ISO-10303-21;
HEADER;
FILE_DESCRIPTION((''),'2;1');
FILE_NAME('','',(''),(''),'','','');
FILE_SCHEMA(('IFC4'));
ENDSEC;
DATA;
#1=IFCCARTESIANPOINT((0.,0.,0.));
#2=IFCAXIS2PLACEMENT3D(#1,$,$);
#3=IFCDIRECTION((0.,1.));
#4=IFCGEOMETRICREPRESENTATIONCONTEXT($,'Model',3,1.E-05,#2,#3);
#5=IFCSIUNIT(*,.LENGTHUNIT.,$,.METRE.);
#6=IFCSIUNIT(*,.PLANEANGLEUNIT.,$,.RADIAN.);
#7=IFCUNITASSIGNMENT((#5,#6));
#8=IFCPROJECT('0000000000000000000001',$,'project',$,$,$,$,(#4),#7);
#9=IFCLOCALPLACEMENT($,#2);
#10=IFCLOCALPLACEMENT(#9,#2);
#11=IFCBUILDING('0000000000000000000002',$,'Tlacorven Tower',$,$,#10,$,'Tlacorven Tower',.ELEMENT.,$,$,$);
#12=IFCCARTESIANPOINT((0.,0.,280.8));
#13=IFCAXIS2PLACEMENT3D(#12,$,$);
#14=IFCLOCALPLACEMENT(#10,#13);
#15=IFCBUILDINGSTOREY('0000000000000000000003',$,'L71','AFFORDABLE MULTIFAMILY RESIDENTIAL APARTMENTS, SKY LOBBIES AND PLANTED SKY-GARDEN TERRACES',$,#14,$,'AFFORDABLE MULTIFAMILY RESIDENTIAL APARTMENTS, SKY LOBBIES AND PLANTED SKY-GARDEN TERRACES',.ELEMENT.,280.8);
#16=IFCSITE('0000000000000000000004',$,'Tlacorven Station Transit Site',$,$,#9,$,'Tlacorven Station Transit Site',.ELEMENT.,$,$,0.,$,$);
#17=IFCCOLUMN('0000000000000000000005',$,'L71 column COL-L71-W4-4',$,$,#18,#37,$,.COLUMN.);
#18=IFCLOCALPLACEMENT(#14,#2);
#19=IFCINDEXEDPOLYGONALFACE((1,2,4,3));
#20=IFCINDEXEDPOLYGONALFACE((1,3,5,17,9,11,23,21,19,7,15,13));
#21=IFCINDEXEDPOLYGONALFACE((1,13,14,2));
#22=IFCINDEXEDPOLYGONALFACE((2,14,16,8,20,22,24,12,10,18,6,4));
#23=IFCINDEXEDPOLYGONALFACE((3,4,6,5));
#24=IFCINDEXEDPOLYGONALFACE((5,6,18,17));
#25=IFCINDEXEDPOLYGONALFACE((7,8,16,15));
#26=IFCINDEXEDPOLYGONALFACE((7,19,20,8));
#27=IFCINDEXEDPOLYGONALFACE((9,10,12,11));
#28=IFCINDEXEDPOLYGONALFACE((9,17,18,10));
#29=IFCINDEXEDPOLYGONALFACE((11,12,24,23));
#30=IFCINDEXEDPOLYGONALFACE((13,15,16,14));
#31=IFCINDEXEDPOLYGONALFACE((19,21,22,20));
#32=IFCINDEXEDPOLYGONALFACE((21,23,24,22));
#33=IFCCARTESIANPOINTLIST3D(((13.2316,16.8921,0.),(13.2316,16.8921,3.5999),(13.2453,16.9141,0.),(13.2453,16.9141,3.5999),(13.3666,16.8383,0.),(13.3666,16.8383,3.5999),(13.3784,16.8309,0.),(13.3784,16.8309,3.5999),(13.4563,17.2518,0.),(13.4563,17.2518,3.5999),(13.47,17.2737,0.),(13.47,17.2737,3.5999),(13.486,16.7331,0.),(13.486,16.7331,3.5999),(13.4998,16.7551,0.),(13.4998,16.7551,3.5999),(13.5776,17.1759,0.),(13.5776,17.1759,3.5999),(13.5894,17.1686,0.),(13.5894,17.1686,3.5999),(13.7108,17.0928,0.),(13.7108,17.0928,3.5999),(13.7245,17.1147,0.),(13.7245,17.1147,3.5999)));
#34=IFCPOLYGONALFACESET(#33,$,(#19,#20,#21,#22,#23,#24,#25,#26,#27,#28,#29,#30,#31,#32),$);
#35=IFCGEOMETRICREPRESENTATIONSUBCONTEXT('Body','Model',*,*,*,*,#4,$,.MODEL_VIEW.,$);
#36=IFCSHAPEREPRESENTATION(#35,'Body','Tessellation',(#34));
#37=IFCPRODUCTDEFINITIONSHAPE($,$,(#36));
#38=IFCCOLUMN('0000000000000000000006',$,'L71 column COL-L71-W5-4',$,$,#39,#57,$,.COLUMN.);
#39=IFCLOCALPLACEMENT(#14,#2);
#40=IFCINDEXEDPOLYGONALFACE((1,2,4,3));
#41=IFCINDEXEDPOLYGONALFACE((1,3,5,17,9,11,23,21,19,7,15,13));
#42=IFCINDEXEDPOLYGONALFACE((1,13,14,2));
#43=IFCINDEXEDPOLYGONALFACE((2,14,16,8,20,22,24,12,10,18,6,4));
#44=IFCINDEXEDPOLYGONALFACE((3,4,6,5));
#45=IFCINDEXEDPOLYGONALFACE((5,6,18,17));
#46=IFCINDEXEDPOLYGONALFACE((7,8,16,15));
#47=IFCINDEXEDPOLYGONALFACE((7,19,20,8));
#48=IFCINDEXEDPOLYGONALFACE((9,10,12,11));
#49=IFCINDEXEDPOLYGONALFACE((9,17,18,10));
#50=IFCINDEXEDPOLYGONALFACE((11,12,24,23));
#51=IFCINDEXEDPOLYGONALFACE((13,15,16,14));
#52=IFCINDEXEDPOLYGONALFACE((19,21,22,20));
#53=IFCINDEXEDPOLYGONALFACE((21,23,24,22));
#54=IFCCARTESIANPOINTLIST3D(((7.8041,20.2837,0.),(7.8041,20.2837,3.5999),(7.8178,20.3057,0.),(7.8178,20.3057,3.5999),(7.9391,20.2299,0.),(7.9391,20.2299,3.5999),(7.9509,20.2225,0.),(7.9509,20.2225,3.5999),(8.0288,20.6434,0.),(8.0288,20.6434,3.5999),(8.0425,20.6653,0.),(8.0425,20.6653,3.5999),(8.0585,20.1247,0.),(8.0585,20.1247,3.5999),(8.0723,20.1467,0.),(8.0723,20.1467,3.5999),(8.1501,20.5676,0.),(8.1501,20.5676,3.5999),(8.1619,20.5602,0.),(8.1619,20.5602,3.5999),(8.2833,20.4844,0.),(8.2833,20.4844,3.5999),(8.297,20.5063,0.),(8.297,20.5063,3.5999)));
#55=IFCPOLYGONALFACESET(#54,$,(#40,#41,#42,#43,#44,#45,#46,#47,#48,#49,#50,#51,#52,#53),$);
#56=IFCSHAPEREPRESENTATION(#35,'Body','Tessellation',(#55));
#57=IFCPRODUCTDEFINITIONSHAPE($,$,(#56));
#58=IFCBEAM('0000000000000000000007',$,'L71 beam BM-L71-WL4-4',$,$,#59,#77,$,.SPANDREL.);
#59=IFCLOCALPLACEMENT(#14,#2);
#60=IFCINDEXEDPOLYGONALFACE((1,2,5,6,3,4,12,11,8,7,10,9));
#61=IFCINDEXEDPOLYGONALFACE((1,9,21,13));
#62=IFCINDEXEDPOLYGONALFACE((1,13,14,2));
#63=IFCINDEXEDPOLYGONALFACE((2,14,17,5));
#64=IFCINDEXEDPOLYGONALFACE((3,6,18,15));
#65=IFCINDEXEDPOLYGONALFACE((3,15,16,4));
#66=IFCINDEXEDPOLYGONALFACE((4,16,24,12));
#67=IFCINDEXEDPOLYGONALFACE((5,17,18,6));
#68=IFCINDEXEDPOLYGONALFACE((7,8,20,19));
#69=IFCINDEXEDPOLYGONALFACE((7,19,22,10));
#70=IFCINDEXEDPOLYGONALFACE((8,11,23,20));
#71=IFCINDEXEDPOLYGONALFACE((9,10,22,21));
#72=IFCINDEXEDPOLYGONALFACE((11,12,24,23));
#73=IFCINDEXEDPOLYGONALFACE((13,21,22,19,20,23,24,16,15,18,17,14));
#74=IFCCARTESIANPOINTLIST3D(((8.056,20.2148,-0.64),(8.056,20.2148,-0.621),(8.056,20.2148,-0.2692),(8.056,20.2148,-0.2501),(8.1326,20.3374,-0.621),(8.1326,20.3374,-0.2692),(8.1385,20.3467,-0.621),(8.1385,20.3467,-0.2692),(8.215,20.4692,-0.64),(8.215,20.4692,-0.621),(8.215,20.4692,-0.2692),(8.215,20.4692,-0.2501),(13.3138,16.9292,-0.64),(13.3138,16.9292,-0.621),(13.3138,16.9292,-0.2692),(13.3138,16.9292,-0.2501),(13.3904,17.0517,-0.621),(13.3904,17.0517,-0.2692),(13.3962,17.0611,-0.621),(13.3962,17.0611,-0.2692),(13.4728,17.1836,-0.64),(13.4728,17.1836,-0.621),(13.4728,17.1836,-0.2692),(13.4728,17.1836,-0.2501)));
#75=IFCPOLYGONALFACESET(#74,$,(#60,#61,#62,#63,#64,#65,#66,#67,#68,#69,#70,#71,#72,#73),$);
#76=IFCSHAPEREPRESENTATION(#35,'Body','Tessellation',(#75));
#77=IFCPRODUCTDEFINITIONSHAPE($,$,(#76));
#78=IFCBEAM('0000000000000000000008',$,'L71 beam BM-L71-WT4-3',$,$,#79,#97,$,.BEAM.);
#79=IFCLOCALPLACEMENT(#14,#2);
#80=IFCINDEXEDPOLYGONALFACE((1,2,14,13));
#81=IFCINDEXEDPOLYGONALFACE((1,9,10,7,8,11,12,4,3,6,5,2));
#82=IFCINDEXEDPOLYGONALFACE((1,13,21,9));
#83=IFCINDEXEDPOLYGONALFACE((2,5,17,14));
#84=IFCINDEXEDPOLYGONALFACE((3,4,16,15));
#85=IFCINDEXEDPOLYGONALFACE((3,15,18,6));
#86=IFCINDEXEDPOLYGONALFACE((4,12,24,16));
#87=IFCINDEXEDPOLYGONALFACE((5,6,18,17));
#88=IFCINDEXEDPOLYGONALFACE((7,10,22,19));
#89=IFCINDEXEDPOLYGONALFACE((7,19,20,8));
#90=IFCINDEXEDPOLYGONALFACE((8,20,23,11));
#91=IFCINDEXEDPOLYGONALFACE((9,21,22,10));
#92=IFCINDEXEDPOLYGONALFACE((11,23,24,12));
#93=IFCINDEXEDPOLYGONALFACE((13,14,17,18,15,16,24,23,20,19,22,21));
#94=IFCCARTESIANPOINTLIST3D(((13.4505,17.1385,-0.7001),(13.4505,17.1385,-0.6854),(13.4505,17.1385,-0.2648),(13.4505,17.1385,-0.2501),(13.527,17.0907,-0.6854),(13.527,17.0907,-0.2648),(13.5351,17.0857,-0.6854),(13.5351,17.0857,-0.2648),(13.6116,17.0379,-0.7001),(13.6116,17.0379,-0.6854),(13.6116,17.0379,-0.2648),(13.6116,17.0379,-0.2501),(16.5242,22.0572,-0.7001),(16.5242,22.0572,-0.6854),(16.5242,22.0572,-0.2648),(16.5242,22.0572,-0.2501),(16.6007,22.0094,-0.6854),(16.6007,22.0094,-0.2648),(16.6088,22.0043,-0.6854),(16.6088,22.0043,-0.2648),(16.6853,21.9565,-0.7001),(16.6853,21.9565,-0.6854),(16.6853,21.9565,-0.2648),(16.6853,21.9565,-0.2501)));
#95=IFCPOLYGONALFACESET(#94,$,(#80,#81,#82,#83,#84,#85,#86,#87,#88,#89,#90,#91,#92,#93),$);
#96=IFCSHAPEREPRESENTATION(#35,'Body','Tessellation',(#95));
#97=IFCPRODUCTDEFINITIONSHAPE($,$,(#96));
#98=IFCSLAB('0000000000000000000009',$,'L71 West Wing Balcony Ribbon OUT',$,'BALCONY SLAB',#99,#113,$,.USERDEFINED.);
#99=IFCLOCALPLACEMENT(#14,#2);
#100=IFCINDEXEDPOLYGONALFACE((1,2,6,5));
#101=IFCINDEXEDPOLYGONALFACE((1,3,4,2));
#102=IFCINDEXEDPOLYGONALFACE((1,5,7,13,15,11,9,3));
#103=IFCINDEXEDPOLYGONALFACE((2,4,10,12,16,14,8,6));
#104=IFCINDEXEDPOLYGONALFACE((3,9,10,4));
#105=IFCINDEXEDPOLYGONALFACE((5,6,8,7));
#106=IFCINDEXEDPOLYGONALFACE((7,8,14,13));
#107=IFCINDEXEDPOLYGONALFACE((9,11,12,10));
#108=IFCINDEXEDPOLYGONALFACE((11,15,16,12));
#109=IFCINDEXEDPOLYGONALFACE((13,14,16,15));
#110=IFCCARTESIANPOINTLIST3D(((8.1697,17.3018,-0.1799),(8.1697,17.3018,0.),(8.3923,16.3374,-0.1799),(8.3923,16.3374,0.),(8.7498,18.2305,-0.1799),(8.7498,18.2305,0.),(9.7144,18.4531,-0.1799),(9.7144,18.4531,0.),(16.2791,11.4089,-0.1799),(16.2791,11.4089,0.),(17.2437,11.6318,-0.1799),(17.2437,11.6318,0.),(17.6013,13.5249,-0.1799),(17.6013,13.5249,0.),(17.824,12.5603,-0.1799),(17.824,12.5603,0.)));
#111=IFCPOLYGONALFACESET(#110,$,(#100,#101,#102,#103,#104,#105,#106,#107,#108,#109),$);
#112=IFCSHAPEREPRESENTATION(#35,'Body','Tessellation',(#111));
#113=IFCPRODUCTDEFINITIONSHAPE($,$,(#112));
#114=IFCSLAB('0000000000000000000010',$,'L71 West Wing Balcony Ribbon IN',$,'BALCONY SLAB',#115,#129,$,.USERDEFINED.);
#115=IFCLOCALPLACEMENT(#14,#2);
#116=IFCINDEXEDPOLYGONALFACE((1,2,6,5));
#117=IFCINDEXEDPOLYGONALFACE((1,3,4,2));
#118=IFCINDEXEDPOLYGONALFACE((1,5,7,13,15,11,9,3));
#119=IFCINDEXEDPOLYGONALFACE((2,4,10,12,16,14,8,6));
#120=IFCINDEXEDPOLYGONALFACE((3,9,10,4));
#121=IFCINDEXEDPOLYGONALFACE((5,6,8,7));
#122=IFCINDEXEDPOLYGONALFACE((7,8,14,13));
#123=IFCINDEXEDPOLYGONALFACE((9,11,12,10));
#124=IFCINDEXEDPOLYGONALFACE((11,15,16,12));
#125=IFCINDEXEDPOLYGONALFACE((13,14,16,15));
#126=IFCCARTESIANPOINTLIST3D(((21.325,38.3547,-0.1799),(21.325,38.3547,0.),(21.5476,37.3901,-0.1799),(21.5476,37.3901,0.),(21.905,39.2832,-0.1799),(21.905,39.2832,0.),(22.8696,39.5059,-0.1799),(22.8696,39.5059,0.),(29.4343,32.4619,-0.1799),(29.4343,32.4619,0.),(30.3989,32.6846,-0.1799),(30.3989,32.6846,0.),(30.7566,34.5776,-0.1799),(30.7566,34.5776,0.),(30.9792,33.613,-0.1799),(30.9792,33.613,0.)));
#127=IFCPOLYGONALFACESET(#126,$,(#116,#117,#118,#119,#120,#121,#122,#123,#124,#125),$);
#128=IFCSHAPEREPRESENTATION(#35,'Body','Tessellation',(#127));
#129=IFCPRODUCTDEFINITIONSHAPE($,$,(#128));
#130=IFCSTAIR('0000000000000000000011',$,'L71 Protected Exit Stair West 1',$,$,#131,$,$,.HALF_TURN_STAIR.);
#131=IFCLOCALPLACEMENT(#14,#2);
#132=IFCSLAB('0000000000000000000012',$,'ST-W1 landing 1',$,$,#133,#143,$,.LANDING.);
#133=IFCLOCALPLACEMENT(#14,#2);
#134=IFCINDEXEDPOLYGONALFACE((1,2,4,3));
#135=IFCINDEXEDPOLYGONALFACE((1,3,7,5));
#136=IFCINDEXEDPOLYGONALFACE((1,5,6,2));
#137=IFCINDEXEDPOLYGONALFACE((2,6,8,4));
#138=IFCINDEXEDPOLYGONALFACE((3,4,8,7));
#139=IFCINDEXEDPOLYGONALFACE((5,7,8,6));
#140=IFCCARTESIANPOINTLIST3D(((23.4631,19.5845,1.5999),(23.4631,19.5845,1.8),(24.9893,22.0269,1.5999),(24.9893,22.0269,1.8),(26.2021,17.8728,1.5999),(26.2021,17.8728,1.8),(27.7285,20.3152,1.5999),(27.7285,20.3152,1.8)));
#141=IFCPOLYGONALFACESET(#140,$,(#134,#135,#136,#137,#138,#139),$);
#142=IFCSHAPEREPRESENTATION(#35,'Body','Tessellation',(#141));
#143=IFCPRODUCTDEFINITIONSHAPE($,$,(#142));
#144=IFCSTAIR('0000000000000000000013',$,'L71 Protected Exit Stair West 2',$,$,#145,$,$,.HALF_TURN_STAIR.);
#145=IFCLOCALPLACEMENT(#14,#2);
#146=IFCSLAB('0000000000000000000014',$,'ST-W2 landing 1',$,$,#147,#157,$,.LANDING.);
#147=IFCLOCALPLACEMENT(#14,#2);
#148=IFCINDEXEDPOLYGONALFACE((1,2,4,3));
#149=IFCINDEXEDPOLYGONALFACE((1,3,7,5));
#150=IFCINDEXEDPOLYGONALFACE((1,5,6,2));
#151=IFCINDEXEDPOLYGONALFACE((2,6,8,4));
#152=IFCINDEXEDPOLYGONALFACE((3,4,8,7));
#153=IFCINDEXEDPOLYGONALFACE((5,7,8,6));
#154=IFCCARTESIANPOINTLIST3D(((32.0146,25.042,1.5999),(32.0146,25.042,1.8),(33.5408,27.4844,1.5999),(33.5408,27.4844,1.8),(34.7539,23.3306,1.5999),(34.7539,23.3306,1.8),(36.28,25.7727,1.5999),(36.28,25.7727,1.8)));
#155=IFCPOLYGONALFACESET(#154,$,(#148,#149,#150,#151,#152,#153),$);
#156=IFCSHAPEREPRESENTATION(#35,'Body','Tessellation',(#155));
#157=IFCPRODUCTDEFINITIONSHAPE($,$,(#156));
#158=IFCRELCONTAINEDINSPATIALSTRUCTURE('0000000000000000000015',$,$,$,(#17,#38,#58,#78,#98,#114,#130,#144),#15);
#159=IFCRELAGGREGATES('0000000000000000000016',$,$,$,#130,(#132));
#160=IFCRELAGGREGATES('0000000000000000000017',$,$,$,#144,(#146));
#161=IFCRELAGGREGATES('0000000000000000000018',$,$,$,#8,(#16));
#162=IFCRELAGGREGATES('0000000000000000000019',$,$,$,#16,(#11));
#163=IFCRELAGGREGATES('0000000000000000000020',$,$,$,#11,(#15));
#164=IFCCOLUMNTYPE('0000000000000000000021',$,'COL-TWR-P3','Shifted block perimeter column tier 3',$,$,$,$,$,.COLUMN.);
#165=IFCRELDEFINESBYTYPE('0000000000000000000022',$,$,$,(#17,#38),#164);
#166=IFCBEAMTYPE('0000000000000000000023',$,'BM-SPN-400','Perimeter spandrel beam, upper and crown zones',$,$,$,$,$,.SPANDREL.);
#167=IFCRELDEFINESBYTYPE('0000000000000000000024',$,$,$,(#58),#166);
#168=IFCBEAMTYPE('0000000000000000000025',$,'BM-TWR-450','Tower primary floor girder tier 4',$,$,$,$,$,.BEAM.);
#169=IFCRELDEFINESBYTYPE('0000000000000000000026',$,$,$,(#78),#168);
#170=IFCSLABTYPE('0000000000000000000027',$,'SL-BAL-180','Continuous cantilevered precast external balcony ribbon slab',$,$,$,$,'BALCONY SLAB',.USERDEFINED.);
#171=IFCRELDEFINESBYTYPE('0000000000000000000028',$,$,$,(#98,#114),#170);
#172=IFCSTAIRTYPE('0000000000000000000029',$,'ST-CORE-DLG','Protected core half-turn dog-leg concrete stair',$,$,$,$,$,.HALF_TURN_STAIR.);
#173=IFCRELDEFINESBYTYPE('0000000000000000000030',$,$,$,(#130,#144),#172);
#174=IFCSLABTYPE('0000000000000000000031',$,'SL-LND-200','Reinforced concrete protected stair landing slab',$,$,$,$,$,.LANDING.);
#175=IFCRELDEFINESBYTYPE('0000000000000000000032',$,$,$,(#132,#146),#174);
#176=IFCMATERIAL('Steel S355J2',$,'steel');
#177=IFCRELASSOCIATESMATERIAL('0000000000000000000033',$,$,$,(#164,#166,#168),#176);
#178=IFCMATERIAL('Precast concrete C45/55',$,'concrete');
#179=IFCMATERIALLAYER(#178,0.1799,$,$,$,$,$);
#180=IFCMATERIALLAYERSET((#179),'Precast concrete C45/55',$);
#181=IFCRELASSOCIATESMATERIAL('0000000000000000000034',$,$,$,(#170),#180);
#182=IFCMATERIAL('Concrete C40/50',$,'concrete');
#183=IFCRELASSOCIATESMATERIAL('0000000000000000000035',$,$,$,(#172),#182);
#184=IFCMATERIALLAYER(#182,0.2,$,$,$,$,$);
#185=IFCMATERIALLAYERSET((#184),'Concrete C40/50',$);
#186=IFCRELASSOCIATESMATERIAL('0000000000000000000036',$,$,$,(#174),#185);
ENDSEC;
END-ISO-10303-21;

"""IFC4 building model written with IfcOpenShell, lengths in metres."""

from ifc_helpers import new_model, si_unit, direction, frame, origin, origin_2d, place, context, subcontext, project, spatial, polyline, i_section, outline, extrude, source, transform, mapped, material, layer, layer_set, material_profile, profile_set, type_object, element, aggregate, save


model = new_model("IFC4")

# Units and contexts
model_context = context("Model", 3, precision=1e-05, world=origin(), true_north=direction((0.0, 1.0)))
body_context = subcontext(model_context, "Body", "Model", "MODEL_VIEW")
ifc_project = project(units=[si_unit("LENGTHUNIT", "METRE"), si_unit("PLANEANGLEUNIT", "RADIAN")], contexts=[model_context])

# Site, building, storey
site_placement = place(None, origin())
site = spatial("IfcSite", under=ifc_project, at=site_placement, Name="Tlacorven Station Transit Site", LongName="Tlacorven Station Transit Site", CompositionType="ELEMENT", RefElevation=0.0)
building_placement = place(site_placement, origin())
building = spatial("IfcBuilding", under=site, at=building_placement, Name="Tlacorven Tower", LongName="Tlacorven Tower", CompositionType="ELEMENT")
storey_placement = place(building_placement, frame((0.0, 0.0, 280.8)))
storey = spatial("IfcBuildingStorey", under=building, at=storey_placement, Name="L71", Description="AFFORDABLE MULTIFAMILY RESIDENTIAL APARTMENTS, SKY LOBBIES AND PLANTED SKY-GARDEN TERRACES", LongName="AFFORDABLE MULTIFAMILY RESIDENTIAL APARTMENTS, SKY LOBBIES AND PLANTED SKY-GARDEN TERRACES", CompositionType="ELEMENT", Elevation=280.8)

# Columns
ifc_material_1 = material(Name="Steel S355J2", Category="steel")
ifc_material_profile_1 = material_profile(ifc_material_1, i_section(OverallWidth=0.3, OverallDepth=0.45, WebThickness=0.0139, FlangeThickness=0.0259, at=origin_2d()), Name="HEB 450")
ifc_profile_set_1 = profile_set([ifc_material_profile_1], Name="Steel S355J2")
column_type = type_object("IfcColumnType", Name="COL-TWR-P3", Description="Shifted block perimeter column tier 3", PredefinedType="COLUMN", material=ifc_profile_set_1)
shared_shape_1 = source(origin(), body_context, "Body", "SweptSolid", [
    extrude(i_section(OverallWidth=0.3, OverallDepth=0.45, WebThickness=0.0139, FlangeThickness=0.0259, at=origin_2d()), origin(), (0.0, 0.0, 1.0), 3.5999),
])
for number, where, z_axis, x_axis, name in (
    (1, (13.478, 17.0034, 0.0), (0.0, 0.0, 1.0), (-0.848048, 0.529919, 0.0), "L71 column COL-L71-W4-4"),
    (2, (8.0505, 20.395, 0.0), (0.0, 0.0, 1.0), (-0.848048, 0.529919, 0.0), "L71 column COL-L71-W5-4"),
):
    element("IfcColumn", number, at=place(storey_placement, frame(where, z_axis=z_axis, x_axis=x_axis)), inside=storey, type_object=column_type, Name=name, PredefinedType="COLUMN", context=body_context, shape_type="MappedRepresentation", body=[
        mapped(shared_shape_1, transform((0.0, 0.0, 0.0), scale=1.0)),
    ])

# Beams
ifc_material_profile_2 = material_profile(ifc_material_1, i_section(OverallWidth=0.3, OverallDepth=0.3899, WebThickness=0.011, FlangeThickness=0.019, at=origin_2d()), Name="HEA 400")
ifc_profile_set_2 = profile_set([ifc_material_profile_2], Name="Steel S355J2")
beam_type_1 = type_object("IfcBeamType", Name="BM-SPN-400", Description="Perimeter spandrel beam, upper and crown zones", PredefinedType="SPANDREL", material=ifc_profile_set_2)
shared_shape_2 = source(origin(), body_context, "Body", "SweptSolid", [
    extrude(i_section(OverallWidth=0.3, OverallDepth=0.3899, WebThickness=0.011, FlangeThickness=0.019, at=origin_2d()), origin(), (0.0, 0.0, 1.0), 6.2),
])
beam_1_placement = place(storey_placement, frame((13.3933, 17.0564, -0.4451), z_axis=(-0.848034, 0.529942, 0.0), x_axis=(-0.529942, -0.848034, 0.0)))
element("IfcBeam", 3, at=beam_1_placement, inside=storey, type_object=beam_type_1, Name="L71 beam BM-L71-WL4-4", PredefinedType="SPANDREL", context=body_context, shape_type="MappedRepresentation", body=[
    mapped(shared_shape_2, transform((0.0, 0.0, 0.0), scale=1.0)),
])
ifc_material_profile_3 = material_profile(ifc_material_1, i_section(OverallWidth=0.1899, OverallDepth=0.45, WebThickness=0.0095, FlangeThickness=0.0146, at=origin_2d()), Name="IPE 450")
ifc_profile_set_3 = profile_set([ifc_material_profile_3], Name="Steel S355J2")
beam_type_2 = type_object("IfcBeamType", Name="BM-TWR-450", Description="Tower primary floor girder tier 4", PredefinedType="BEAM", material=ifc_profile_set_3)
shared_shape_3 = source(origin(), body_context, "Body", "SweptSolid", [
    extrude(i_section(OverallWidth=0.1899, OverallDepth=0.45, WebThickness=0.0095, FlangeThickness=0.0146, at=origin_2d()), origin(), (0.0, 0.0, 1.0), 5.8),
])
beam_2_placement = place(storey_placement, frame((16.6047, 22.0068, -0.4751), z_axis=(-0.529942, -0.848034, 0.0), x_axis=(0.848034, -0.529942, 0.0)))
element("IfcBeam", 4, at=beam_2_placement, inside=storey, type_object=beam_type_2, Name="L71 beam BM-L71-WT4-3", PredefinedType="BEAM", context=body_context, shape_type="MappedRepresentation", body=[
    mapped(shared_shape_3, transform((0.0, 0.0, 0.0), scale=1.0)),
])

# Slabs
ifc_material_2 = material(Name="Precast concrete C45/55", Category="concrete")
ifc_layer_1 = layer(ifc_material_2, 0.1799)
ifc_layer_set_1 = layer_set([ifc_layer_1], Name="Precast concrete C45/55")
slab_type_1 = type_object("IfcSlabType", Name="SL-BAL-180", Description="Continuous cantilevered precast external balcony ribbon slab", ElementType="BALCONY SLAB", PredefinedType="USERDEFINED", material=ifc_layer_set_1)
slab_1_placement = place(storey_placement, frame((0.0, 0.0, -0.1799)))
element("IfcSlab", 5, at=slab_1_placement, inside=storey, type_object=slab_type_1, Name="L71 West Wing Balcony Ribbon OUT", ObjectType="BALCONY SLAB", PredefinedType="USERDEFINED", context=body_context, shape_type="SweptSolid", body=[
    extrude(outline(polyline([(17.6013, 13.5249), (9.7144, 18.4531), (8.7498, 18.2305), (8.1697, 17.3018), (8.3923, 16.3374), (16.2791, 11.4089), (17.2437, 11.6318), (17.824, 12.5603), (17.6013, 13.5249)])), origin(), (0.0, 0.0, 1.0), 0.1799),
])
slab_2_placement = place(storey_placement, frame((0.0, 0.0, -0.1799)))
element("IfcSlab", 6, at=slab_2_placement, inside=storey, type_object=slab_type_1, Name="L71 West Wing Balcony Ribbon IN", ObjectType="BALCONY SLAB", PredefinedType="USERDEFINED", context=body_context, shape_type="SweptSolid", body=[
    extrude(outline(polyline([(30.7566, 34.5776), (22.8696, 39.5059), (21.905, 39.2832), (21.325, 38.3547), (21.5476, 37.3901), (29.4343, 32.4619), (30.3989, 32.6846), (30.9792, 33.613), (30.7566, 34.5776)])), origin(), (0.0, 0.0, 1.0), 0.1799),
])

# Stairs, slabs
ifc_material_3 = material(Name="Concrete C40/50", Category="concrete")
stair_type = type_object("IfcStairType", Name="ST-CORE-DLG", Description="Protected core half-turn dog-leg concrete stair", PredefinedType="HALF_TURN_STAIR", material=ifc_material_3)
stair_1_placement = place(storey_placement, origin())
stair_1 = element("IfcStair", 7, at=stair_1_placement, inside=storey, type_object=stair_type, Name="L71 Protected Exit Stair West 1", PredefinedType="HALF_TURN_STAIR")
ifc_layer_2 = layer(ifc_material_3, 0.2)
ifc_layer_set_2 = layer_set([ifc_layer_2], Name="Concrete C40/50")
slab_type_2 = type_object("IfcSlabType", Name="SL-LND-200", Description="Reinforced concrete protected stair landing slab", PredefinedType="LANDING", material=ifc_layer_set_2)
slab_3_placement = place(storey_placement, frame((0.0, 0.0, 1.5999)))
slab_3 = element("IfcSlab", 8, at=slab_3_placement, type_object=slab_type_2, Name="ST-W1 landing 1", PredefinedType="LANDING", context=body_context, shape_type="SweptSolid", body=[
    extrude(outline(polyline([(27.7285, 20.3152), (24.9893, 22.0269), (23.4631, 19.5845), (26.2021, 17.8728), (27.7285, 20.3152)])), origin(), (0.0, 0.0, 1.0), 0.2002),
])
aggregate(stair_1, [slab_3])
stair_2_placement = place(storey_placement, origin())
stair_2 = element("IfcStair", 9, at=stair_2_placement, inside=storey, type_object=stair_type, Name="L71 Protected Exit Stair West 2", PredefinedType="HALF_TURN_STAIR")
slab_4_placement = place(storey_placement, frame((0.0, 0.0, 1.5999)))
slab_4 = element("IfcSlab", 10, at=slab_4_placement, type_object=slab_type_2, Name="ST-W2 landing 1", PredefinedType="LANDING", context=body_context, shape_type="SweptSolid", body=[
    extrude(outline(polyline([(36.28, 25.7727), (33.5408, 27.4844), (32.0146, 25.042), (34.7539, 23.3306), (36.28, 25.7727)])), origin(), (0.0, 0.0, 1.0), 0.2002),
])
aggregate(stair_2, [slab_4])

save(model, "model.ifc")
